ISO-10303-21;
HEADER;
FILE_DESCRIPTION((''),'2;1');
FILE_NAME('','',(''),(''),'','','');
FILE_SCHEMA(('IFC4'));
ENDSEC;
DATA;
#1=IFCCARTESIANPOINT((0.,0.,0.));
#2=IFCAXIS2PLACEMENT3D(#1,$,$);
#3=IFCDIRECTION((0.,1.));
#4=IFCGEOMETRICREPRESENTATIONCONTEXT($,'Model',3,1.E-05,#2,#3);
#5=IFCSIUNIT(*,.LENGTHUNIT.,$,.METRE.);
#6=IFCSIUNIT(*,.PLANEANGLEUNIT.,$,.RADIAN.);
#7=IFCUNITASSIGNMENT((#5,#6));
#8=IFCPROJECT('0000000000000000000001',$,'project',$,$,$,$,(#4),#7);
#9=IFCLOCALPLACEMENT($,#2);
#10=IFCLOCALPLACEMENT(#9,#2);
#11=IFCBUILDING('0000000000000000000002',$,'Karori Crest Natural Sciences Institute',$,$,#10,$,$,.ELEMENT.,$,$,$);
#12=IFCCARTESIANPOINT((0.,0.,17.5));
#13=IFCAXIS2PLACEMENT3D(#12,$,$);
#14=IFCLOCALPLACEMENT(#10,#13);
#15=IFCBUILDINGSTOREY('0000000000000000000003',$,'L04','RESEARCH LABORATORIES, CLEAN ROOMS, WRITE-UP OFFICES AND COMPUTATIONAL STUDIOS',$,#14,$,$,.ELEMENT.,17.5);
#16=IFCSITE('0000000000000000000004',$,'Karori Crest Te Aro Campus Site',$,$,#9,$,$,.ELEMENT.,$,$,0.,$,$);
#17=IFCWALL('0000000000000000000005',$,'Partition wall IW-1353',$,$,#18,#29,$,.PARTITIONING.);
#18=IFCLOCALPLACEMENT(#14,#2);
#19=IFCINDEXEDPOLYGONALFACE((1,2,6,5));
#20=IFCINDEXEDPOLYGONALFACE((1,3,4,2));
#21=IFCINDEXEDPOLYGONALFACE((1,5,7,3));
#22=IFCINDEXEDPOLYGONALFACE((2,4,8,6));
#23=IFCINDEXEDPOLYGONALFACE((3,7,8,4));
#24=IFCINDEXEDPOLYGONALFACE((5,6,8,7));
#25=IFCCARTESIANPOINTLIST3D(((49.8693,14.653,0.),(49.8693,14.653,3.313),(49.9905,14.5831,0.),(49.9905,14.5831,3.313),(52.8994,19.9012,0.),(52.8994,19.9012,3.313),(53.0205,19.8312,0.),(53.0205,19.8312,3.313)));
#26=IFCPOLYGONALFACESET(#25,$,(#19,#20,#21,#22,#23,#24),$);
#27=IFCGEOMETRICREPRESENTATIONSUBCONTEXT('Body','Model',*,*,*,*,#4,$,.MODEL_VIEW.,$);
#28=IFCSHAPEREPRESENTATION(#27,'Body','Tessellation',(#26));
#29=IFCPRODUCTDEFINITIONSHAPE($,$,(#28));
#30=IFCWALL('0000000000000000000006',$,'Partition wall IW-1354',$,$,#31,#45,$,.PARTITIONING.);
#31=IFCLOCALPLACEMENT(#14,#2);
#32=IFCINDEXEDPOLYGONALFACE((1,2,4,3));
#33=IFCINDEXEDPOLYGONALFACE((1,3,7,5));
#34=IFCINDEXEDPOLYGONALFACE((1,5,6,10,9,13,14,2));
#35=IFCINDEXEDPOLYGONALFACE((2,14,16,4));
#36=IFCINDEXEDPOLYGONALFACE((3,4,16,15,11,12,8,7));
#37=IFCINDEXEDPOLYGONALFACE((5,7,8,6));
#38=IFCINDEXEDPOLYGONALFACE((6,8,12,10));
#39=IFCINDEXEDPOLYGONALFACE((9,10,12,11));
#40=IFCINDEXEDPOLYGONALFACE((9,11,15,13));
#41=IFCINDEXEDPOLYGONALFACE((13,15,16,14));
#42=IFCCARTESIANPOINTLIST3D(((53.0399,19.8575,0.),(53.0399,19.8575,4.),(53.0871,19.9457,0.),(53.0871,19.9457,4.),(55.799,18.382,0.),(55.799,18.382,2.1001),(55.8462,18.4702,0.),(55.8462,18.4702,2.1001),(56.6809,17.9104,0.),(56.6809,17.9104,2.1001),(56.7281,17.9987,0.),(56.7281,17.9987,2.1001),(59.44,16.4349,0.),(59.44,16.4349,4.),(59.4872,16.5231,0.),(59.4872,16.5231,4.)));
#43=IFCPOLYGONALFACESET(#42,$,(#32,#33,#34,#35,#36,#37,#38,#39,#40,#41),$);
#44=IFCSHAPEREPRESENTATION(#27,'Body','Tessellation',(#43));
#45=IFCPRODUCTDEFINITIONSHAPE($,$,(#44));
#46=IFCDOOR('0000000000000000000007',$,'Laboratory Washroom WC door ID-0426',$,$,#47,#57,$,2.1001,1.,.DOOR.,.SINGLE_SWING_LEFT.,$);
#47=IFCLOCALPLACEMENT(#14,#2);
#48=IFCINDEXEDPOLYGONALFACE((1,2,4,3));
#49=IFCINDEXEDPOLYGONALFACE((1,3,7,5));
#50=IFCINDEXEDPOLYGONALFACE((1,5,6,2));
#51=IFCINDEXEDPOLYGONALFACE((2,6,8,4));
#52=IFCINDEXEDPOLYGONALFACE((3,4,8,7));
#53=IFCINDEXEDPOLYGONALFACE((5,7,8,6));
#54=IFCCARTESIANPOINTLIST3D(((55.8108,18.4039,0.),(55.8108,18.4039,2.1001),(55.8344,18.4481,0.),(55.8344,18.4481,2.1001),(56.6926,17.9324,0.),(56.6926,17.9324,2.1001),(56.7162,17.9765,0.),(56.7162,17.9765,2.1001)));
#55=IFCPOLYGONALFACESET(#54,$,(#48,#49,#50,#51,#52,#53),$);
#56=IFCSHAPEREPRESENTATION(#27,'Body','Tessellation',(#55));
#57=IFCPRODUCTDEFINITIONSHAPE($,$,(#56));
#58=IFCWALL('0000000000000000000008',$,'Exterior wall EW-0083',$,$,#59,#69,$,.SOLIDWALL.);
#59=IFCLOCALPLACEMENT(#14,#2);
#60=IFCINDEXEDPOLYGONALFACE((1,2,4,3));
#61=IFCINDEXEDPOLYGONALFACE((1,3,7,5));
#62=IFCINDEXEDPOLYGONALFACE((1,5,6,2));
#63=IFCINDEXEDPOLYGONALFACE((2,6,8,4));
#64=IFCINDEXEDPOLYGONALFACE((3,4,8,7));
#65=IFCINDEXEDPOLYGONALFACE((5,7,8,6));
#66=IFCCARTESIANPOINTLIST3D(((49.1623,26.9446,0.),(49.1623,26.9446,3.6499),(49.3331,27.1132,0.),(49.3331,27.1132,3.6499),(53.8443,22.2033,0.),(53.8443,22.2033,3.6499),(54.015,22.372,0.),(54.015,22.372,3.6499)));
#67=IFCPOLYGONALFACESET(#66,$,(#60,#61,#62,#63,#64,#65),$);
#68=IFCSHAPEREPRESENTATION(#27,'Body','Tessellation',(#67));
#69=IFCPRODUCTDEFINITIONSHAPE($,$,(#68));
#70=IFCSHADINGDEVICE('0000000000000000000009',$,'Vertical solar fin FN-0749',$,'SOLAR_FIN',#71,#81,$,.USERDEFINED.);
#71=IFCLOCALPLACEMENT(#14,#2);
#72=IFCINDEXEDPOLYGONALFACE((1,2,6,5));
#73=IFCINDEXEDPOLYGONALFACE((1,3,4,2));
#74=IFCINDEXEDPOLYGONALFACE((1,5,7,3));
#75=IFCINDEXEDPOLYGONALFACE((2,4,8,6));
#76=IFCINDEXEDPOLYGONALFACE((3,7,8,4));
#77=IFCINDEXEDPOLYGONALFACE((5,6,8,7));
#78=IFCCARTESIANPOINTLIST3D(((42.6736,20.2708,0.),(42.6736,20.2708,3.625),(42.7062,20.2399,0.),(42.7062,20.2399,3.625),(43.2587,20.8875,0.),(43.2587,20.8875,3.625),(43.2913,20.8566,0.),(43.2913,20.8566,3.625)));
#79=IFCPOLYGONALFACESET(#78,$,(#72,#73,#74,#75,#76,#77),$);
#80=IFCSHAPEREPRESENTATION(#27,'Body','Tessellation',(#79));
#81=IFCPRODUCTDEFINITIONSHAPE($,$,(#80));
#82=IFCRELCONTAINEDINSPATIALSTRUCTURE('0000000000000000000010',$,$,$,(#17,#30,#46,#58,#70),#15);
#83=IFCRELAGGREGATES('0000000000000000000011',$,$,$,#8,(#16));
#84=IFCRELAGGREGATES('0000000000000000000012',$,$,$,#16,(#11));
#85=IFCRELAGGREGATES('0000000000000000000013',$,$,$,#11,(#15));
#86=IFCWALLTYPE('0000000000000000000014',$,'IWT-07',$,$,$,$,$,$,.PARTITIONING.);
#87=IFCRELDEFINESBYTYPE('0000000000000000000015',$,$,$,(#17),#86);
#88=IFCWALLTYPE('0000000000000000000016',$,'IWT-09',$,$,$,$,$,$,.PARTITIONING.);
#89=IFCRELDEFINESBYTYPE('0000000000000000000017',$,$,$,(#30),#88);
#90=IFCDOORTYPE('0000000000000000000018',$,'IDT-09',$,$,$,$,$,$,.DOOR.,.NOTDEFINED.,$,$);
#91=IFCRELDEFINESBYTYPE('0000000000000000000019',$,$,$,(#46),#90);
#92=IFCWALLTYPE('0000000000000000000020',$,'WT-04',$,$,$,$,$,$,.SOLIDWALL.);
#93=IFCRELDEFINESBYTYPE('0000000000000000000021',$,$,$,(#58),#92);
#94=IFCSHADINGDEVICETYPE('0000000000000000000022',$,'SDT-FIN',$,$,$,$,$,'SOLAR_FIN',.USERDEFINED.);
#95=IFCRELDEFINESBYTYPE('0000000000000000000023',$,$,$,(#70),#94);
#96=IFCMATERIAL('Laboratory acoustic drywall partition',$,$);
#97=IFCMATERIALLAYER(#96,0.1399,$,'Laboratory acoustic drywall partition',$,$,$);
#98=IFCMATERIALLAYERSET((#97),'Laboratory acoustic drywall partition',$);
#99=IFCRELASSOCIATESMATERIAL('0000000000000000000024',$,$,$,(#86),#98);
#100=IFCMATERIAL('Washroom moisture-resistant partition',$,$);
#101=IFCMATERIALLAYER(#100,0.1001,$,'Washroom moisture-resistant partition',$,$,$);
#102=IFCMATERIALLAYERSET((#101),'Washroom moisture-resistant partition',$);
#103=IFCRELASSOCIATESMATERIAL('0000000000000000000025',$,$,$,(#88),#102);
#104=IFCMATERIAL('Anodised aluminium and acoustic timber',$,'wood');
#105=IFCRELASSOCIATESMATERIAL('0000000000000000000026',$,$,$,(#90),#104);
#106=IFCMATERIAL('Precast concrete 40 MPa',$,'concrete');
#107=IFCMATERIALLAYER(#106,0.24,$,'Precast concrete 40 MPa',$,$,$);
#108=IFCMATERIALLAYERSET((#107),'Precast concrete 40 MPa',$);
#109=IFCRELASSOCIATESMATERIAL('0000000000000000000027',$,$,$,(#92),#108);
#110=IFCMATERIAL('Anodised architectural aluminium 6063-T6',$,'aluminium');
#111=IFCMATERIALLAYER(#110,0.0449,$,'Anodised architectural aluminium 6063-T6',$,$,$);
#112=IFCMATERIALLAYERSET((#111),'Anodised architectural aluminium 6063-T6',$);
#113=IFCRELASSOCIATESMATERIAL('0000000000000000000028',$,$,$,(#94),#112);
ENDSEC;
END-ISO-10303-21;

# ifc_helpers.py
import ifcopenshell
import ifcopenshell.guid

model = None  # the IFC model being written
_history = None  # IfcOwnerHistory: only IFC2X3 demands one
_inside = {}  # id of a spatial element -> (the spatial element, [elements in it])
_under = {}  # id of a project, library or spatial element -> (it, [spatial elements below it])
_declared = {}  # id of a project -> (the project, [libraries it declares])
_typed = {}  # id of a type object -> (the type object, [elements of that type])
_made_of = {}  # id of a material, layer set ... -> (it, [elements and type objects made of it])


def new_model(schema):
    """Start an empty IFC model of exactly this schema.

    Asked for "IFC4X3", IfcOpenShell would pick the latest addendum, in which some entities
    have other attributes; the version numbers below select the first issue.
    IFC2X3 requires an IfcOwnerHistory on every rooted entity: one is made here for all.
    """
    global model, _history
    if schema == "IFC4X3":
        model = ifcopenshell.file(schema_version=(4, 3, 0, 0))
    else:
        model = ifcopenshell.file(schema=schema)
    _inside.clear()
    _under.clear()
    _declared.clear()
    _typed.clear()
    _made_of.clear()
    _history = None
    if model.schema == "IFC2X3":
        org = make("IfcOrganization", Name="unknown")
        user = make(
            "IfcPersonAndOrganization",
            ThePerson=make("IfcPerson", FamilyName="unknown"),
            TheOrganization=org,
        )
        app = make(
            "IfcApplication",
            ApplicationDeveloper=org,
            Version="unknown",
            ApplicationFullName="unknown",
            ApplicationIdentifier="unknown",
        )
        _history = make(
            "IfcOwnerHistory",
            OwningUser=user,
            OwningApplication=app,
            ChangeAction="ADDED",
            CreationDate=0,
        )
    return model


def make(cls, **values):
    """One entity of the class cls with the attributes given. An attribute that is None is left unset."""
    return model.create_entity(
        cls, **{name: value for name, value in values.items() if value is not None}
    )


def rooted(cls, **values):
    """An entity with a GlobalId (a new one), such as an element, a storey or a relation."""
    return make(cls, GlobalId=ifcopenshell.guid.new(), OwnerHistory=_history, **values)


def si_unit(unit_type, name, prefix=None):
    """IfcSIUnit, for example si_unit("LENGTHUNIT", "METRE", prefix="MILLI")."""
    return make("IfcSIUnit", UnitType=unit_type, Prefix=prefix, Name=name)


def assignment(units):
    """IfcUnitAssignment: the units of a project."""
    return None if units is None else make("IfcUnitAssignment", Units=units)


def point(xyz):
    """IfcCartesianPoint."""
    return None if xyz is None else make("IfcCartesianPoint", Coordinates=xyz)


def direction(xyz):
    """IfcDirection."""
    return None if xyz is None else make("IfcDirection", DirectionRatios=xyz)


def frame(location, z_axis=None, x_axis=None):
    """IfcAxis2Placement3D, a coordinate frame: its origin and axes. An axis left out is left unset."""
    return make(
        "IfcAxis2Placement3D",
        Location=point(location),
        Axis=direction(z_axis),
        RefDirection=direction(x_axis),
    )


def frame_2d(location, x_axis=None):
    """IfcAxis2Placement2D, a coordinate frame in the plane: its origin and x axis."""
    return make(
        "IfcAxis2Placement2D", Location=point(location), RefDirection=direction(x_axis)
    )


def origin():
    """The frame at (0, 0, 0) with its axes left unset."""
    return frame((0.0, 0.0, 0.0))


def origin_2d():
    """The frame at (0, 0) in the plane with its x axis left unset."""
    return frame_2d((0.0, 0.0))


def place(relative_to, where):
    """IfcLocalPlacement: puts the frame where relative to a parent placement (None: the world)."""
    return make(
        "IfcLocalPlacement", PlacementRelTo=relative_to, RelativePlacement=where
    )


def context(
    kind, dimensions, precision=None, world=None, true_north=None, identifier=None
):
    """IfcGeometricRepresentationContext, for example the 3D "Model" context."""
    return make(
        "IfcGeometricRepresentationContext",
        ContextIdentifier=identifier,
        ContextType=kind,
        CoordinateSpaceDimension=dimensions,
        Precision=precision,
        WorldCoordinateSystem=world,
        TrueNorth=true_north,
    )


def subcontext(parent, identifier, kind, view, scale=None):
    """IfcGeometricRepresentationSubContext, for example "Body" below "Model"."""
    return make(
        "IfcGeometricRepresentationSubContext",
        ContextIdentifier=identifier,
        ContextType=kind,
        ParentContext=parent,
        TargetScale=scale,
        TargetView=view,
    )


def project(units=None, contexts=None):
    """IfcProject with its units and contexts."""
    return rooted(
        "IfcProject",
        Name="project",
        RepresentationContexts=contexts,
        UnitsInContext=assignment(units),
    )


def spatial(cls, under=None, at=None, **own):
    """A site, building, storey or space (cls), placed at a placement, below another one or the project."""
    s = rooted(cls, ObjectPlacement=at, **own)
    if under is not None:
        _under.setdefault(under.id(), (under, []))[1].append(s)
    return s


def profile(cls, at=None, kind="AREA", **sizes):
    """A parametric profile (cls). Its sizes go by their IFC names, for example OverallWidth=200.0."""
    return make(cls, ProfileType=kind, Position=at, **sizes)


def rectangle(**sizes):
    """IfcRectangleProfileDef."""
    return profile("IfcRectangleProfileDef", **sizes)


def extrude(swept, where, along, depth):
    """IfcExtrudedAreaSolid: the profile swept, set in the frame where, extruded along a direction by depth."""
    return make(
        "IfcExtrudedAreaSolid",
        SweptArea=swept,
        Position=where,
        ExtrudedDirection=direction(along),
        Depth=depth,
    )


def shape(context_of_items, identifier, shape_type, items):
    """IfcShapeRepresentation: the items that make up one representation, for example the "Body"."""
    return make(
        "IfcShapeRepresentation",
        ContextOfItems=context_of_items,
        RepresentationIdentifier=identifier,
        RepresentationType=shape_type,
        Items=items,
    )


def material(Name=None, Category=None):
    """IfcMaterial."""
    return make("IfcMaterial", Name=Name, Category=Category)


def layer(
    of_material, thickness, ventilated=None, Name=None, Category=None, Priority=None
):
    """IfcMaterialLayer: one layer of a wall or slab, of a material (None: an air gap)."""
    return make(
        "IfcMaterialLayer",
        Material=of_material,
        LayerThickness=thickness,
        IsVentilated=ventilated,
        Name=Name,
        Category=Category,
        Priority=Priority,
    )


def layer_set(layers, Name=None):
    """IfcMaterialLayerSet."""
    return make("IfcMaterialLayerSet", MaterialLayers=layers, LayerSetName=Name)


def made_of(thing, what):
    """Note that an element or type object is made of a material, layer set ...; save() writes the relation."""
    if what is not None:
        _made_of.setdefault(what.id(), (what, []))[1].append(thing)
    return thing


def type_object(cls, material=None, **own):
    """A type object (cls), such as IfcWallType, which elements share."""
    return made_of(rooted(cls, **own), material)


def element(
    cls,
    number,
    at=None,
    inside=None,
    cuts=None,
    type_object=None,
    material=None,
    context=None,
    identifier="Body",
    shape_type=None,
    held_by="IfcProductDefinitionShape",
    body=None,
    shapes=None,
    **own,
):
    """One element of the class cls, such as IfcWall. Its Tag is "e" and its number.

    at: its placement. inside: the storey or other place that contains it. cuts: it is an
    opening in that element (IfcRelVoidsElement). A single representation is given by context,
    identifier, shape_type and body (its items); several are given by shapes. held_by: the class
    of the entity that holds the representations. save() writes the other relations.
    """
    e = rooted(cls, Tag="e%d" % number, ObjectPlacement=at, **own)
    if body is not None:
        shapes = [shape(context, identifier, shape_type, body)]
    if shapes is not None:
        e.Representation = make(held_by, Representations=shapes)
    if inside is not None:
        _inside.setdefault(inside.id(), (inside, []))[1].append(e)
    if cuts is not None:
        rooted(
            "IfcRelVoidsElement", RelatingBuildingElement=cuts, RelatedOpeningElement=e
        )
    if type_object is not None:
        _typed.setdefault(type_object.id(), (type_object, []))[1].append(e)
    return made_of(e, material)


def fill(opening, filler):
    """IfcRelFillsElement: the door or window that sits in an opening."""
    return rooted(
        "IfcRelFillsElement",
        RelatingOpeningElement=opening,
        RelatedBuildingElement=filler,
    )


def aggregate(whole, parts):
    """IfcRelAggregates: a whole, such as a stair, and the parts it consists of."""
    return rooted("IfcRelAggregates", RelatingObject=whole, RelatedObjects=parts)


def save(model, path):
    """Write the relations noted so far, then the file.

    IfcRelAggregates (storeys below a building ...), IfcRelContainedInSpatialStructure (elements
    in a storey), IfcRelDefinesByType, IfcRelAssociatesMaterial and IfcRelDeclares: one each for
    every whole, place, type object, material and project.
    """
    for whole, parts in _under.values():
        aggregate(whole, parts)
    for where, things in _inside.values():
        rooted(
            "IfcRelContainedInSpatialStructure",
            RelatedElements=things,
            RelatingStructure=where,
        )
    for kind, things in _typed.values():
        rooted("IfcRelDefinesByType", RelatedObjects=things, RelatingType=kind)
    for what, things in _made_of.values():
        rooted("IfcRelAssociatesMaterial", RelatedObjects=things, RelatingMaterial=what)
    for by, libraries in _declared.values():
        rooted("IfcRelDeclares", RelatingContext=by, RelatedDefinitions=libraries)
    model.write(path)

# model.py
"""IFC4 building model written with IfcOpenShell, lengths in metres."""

from ifc_helpers import new_model, si_unit, direction, frame, frame_2d, origin, origin_2d, place, context, subcontext, project, spatial, rectangle, extrude, material, layer, layer_set, type_object, element, fill, save


model = new_model("IFC4")

# Units and contexts
model_context = context("Model", 3, precision=1e-05, world=origin(), true_north=direction((0.0, 1.0)))
body_context = subcontext(model_context, "Body", "Model", "MODEL_VIEW")
ifc_project = project(units=[si_unit("LENGTHUNIT", "METRE"), si_unit("PLANEANGLEUNIT", "RADIAN")], contexts=[model_context])

# Site, building, storey
site_placement = place(None, origin())
site = spatial("IfcSite", under=ifc_project, at=site_placement, Name="Karori Crest Te Aro Campus Site", CompositionType="ELEMENT", RefElevation=0.0)
building_placement = place(site_placement, origin())
building = spatial("IfcBuilding", under=site, at=building_placement, Name="Karori Crest Natural Sciences Institute", CompositionType="ELEMENT")
storey_placement = place(building_placement, frame((0.0, 0.0, 17.5)))
storey = spatial("IfcBuildingStorey", under=building, at=storey_placement, Name="L04", Description="RESEARCH LABORATORIES, CLEAN ROOMS, WRITE-UP OFFICES AND COMPUTATIONAL STUDIOS", CompositionType="ELEMENT", Elevation=17.5)

# Shared definitions
ifc_material_1 = material(Name="Anodised architectural aluminium 6063-T6", Category="aluminium")

# Shared definitions
ifc_material_2 = material(Name="Laboratory acoustic drywall partition")
ifc_layer_1 = layer(ifc_material_2, 0.1399, Name="Laboratory acoustic drywall partition")
ifc_layer_set_1 = layer_set([ifc_layer_1], Name="Laboratory acoustic drywall partition")
wall_type_1 = type_object("IfcWallType", Name="IWT-07", PredefinedType="PARTITIONING", material=ifc_layer_set_1)

# Wall
wall_1_placement = place(storey_placement, frame((52.96, 19.8662, 0.0), z_axis=(0.0, 0.0, 1.0), x_axis=(-0.500008, -0.866021, 0.0)))
element("IfcWall", 1, at=wall_1_placement, inside=storey, type_object=wall_type_1, Name="Partition wall IW-1353", PredefinedType="PARTITIONING", context=body_context, shape_type="SweptSolid", body=[
    extrude(rectangle(XDim=6.0601, YDim=0.1399, at=frame_2d((3.03, 0.0))), origin(), (0.0, 0.0, 1.0), 3.313),
])

# Wall, opening, door
ifc_material_3 = material(Name="Washroom moisture-resistant partition")
ifc_layer_2 = layer(ifc_material_3, 0.1001, Name="Washroom moisture-resistant partition")
ifc_layer_set_2 = layer_set([ifc_layer_2], Name="Washroom moisture-resistant partition")
wall_type_2 = type_object("IfcWallType", Name="IWT-09", PredefinedType="PARTITIONING", material=ifc_layer_set_2)
wall_2_placement = place(storey_placement, frame((53.0635, 19.9016, 0.0), z_axis=(0.0, 0.0, 1.0), x_axis=(0.881826, -0.471574, 0.0)))
wall_2 = element("IfcWall", 2, at=wall_2_placement, inside=storey, type_object=wall_type_2, Name="Partition wall IW-1354", PredefinedType="PARTITIONING", context=body_context, shape_type="SweptSolid", body=[
    extrude(rectangle(XDim=7.2578, YDim=0.1001, at=frame_2d((3.6289, 0.0))), origin(), (0.0, 0.0, 1.0), 4.0),
])
opening_1_placement = place(wall_2_placement, frame((3.1289, 0.0, 0.0)))
opening_1 = element("IfcOpeningElement", 3, at=opening_1_placement, cuts=wall_2, PredefinedType="OPENING", context=body_context, shape_type="SweptSolid", body=[
    extrude(rectangle(XDim=1.0, YDim=2.1001, at=frame_2d((0.5, 1.05))), frame((0.0, 0.0601, 0.0), z_axis=(0.0, -1.0, 0.0), x_axis=(1.0, 0.0, 0.0)), (0.0, 0.0, 1.0), 0.1201),
])
ifc_material_4 = material(Name="Anodised aluminium and acoustic timber", Category="wood")
door_type_1 = type_object("IfcDoorType", Name="IDT-09", OperationType="NOTDEFINED", PredefinedType="DOOR", material=ifc_material_4)
door_1_placement = place(opening_1_placement, origin())
door_1 = element("IfcDoor", 4, at=door_1_placement, inside=storey, type_object=door_type_1, Name="Laboratory Washroom WC door ID-0426", OperationType="SINGLE_SWING_LEFT", OverallHeight=2.1001, OverallWidth=1.0, PredefinedType="DOOR", context=body_context, shape_type="SweptSolid", body=[
    extrude(rectangle(XDim=1.0, YDim=2.1001, at=frame_2d((0.5, 1.05))), frame((0.0, 0.0249, 0.0), z_axis=(0.0, -1.0, 0.0), x_axis=(1.0, 0.0, 0.0)), (0.0, 0.0, 1.0), 0.05),
])
fill(opening_1, door_1)

# Wall
ifc_material_5 = material(Name="Precast concrete 40 MPa", Category="concrete")
ifc_layer_3 = layer(ifc_material_5, 0.24, Name="Precast concrete 40 MPa")
ifc_layer_set_3 = layer_set([ifc_layer_3], Name="Precast concrete 40 MPa")
wall_type_3 = type_object("IfcWallType", Name="WT-04", PredefinedType="SOLIDWALL", material=ifc_layer_set_3)
wall_3_placement = place(storey_placement, frame((49.2478, 27.0288, 0.0), z_axis=(0.0, 0.0, 1.0), x_axis=(0.702641, -0.711545, 0.0)))
element("IfcWall", 5, at=wall_3_placement, inside=storey, type_object=wall_type_3, Name="Exterior wall EW-0083", PredefinedType="SOLIDWALL", context=body_context, shape_type="SweptSolid", body=[
    extrude(rectangle(XDim=6.6633, YDim=0.24, at=frame_2d((3.3315, 0.0))), origin(), (0.0, 0.0, 1.0), 3.6499),
])

# Shading device
ifc_layer_4 = layer(ifc_material_1, 0.0449, Name="Anodised architectural aluminium 6063-T6")
ifc_layer_set_4 = layer_set([ifc_layer_4], Name="Anodised architectural aluminium 6063-T6")
shading_device_type = type_object("IfcShadingDeviceType", Name="SDT-FIN", ElementType="SOLAR_FIN", PredefinedType="USERDEFINED", material=ifc_layer_set_4)
shading_device_placement = place(storey_placement, frame((42.9824, 20.5637, 0.0), z_axis=(0.0, 0.0, 1.0), x_axis=(-0.688252, -0.725472, 0.0)))
element("IfcShadingDevice", 6, at=shading_device_placement, inside=storey, type_object=shading_device_type, Name="Vertical solar fin FN-0749", ObjectType="SOLAR_FIN", PredefinedType="USERDEFINED", context=body_context, shape_type="SweptSolid", body=[
    extrude(rectangle(XDim=0.8501, YDim=0.0449, at=origin_2d()), origin(), (0.0, 0.0, 1.0), 3.625),
])

save(model, "model.ifc")
